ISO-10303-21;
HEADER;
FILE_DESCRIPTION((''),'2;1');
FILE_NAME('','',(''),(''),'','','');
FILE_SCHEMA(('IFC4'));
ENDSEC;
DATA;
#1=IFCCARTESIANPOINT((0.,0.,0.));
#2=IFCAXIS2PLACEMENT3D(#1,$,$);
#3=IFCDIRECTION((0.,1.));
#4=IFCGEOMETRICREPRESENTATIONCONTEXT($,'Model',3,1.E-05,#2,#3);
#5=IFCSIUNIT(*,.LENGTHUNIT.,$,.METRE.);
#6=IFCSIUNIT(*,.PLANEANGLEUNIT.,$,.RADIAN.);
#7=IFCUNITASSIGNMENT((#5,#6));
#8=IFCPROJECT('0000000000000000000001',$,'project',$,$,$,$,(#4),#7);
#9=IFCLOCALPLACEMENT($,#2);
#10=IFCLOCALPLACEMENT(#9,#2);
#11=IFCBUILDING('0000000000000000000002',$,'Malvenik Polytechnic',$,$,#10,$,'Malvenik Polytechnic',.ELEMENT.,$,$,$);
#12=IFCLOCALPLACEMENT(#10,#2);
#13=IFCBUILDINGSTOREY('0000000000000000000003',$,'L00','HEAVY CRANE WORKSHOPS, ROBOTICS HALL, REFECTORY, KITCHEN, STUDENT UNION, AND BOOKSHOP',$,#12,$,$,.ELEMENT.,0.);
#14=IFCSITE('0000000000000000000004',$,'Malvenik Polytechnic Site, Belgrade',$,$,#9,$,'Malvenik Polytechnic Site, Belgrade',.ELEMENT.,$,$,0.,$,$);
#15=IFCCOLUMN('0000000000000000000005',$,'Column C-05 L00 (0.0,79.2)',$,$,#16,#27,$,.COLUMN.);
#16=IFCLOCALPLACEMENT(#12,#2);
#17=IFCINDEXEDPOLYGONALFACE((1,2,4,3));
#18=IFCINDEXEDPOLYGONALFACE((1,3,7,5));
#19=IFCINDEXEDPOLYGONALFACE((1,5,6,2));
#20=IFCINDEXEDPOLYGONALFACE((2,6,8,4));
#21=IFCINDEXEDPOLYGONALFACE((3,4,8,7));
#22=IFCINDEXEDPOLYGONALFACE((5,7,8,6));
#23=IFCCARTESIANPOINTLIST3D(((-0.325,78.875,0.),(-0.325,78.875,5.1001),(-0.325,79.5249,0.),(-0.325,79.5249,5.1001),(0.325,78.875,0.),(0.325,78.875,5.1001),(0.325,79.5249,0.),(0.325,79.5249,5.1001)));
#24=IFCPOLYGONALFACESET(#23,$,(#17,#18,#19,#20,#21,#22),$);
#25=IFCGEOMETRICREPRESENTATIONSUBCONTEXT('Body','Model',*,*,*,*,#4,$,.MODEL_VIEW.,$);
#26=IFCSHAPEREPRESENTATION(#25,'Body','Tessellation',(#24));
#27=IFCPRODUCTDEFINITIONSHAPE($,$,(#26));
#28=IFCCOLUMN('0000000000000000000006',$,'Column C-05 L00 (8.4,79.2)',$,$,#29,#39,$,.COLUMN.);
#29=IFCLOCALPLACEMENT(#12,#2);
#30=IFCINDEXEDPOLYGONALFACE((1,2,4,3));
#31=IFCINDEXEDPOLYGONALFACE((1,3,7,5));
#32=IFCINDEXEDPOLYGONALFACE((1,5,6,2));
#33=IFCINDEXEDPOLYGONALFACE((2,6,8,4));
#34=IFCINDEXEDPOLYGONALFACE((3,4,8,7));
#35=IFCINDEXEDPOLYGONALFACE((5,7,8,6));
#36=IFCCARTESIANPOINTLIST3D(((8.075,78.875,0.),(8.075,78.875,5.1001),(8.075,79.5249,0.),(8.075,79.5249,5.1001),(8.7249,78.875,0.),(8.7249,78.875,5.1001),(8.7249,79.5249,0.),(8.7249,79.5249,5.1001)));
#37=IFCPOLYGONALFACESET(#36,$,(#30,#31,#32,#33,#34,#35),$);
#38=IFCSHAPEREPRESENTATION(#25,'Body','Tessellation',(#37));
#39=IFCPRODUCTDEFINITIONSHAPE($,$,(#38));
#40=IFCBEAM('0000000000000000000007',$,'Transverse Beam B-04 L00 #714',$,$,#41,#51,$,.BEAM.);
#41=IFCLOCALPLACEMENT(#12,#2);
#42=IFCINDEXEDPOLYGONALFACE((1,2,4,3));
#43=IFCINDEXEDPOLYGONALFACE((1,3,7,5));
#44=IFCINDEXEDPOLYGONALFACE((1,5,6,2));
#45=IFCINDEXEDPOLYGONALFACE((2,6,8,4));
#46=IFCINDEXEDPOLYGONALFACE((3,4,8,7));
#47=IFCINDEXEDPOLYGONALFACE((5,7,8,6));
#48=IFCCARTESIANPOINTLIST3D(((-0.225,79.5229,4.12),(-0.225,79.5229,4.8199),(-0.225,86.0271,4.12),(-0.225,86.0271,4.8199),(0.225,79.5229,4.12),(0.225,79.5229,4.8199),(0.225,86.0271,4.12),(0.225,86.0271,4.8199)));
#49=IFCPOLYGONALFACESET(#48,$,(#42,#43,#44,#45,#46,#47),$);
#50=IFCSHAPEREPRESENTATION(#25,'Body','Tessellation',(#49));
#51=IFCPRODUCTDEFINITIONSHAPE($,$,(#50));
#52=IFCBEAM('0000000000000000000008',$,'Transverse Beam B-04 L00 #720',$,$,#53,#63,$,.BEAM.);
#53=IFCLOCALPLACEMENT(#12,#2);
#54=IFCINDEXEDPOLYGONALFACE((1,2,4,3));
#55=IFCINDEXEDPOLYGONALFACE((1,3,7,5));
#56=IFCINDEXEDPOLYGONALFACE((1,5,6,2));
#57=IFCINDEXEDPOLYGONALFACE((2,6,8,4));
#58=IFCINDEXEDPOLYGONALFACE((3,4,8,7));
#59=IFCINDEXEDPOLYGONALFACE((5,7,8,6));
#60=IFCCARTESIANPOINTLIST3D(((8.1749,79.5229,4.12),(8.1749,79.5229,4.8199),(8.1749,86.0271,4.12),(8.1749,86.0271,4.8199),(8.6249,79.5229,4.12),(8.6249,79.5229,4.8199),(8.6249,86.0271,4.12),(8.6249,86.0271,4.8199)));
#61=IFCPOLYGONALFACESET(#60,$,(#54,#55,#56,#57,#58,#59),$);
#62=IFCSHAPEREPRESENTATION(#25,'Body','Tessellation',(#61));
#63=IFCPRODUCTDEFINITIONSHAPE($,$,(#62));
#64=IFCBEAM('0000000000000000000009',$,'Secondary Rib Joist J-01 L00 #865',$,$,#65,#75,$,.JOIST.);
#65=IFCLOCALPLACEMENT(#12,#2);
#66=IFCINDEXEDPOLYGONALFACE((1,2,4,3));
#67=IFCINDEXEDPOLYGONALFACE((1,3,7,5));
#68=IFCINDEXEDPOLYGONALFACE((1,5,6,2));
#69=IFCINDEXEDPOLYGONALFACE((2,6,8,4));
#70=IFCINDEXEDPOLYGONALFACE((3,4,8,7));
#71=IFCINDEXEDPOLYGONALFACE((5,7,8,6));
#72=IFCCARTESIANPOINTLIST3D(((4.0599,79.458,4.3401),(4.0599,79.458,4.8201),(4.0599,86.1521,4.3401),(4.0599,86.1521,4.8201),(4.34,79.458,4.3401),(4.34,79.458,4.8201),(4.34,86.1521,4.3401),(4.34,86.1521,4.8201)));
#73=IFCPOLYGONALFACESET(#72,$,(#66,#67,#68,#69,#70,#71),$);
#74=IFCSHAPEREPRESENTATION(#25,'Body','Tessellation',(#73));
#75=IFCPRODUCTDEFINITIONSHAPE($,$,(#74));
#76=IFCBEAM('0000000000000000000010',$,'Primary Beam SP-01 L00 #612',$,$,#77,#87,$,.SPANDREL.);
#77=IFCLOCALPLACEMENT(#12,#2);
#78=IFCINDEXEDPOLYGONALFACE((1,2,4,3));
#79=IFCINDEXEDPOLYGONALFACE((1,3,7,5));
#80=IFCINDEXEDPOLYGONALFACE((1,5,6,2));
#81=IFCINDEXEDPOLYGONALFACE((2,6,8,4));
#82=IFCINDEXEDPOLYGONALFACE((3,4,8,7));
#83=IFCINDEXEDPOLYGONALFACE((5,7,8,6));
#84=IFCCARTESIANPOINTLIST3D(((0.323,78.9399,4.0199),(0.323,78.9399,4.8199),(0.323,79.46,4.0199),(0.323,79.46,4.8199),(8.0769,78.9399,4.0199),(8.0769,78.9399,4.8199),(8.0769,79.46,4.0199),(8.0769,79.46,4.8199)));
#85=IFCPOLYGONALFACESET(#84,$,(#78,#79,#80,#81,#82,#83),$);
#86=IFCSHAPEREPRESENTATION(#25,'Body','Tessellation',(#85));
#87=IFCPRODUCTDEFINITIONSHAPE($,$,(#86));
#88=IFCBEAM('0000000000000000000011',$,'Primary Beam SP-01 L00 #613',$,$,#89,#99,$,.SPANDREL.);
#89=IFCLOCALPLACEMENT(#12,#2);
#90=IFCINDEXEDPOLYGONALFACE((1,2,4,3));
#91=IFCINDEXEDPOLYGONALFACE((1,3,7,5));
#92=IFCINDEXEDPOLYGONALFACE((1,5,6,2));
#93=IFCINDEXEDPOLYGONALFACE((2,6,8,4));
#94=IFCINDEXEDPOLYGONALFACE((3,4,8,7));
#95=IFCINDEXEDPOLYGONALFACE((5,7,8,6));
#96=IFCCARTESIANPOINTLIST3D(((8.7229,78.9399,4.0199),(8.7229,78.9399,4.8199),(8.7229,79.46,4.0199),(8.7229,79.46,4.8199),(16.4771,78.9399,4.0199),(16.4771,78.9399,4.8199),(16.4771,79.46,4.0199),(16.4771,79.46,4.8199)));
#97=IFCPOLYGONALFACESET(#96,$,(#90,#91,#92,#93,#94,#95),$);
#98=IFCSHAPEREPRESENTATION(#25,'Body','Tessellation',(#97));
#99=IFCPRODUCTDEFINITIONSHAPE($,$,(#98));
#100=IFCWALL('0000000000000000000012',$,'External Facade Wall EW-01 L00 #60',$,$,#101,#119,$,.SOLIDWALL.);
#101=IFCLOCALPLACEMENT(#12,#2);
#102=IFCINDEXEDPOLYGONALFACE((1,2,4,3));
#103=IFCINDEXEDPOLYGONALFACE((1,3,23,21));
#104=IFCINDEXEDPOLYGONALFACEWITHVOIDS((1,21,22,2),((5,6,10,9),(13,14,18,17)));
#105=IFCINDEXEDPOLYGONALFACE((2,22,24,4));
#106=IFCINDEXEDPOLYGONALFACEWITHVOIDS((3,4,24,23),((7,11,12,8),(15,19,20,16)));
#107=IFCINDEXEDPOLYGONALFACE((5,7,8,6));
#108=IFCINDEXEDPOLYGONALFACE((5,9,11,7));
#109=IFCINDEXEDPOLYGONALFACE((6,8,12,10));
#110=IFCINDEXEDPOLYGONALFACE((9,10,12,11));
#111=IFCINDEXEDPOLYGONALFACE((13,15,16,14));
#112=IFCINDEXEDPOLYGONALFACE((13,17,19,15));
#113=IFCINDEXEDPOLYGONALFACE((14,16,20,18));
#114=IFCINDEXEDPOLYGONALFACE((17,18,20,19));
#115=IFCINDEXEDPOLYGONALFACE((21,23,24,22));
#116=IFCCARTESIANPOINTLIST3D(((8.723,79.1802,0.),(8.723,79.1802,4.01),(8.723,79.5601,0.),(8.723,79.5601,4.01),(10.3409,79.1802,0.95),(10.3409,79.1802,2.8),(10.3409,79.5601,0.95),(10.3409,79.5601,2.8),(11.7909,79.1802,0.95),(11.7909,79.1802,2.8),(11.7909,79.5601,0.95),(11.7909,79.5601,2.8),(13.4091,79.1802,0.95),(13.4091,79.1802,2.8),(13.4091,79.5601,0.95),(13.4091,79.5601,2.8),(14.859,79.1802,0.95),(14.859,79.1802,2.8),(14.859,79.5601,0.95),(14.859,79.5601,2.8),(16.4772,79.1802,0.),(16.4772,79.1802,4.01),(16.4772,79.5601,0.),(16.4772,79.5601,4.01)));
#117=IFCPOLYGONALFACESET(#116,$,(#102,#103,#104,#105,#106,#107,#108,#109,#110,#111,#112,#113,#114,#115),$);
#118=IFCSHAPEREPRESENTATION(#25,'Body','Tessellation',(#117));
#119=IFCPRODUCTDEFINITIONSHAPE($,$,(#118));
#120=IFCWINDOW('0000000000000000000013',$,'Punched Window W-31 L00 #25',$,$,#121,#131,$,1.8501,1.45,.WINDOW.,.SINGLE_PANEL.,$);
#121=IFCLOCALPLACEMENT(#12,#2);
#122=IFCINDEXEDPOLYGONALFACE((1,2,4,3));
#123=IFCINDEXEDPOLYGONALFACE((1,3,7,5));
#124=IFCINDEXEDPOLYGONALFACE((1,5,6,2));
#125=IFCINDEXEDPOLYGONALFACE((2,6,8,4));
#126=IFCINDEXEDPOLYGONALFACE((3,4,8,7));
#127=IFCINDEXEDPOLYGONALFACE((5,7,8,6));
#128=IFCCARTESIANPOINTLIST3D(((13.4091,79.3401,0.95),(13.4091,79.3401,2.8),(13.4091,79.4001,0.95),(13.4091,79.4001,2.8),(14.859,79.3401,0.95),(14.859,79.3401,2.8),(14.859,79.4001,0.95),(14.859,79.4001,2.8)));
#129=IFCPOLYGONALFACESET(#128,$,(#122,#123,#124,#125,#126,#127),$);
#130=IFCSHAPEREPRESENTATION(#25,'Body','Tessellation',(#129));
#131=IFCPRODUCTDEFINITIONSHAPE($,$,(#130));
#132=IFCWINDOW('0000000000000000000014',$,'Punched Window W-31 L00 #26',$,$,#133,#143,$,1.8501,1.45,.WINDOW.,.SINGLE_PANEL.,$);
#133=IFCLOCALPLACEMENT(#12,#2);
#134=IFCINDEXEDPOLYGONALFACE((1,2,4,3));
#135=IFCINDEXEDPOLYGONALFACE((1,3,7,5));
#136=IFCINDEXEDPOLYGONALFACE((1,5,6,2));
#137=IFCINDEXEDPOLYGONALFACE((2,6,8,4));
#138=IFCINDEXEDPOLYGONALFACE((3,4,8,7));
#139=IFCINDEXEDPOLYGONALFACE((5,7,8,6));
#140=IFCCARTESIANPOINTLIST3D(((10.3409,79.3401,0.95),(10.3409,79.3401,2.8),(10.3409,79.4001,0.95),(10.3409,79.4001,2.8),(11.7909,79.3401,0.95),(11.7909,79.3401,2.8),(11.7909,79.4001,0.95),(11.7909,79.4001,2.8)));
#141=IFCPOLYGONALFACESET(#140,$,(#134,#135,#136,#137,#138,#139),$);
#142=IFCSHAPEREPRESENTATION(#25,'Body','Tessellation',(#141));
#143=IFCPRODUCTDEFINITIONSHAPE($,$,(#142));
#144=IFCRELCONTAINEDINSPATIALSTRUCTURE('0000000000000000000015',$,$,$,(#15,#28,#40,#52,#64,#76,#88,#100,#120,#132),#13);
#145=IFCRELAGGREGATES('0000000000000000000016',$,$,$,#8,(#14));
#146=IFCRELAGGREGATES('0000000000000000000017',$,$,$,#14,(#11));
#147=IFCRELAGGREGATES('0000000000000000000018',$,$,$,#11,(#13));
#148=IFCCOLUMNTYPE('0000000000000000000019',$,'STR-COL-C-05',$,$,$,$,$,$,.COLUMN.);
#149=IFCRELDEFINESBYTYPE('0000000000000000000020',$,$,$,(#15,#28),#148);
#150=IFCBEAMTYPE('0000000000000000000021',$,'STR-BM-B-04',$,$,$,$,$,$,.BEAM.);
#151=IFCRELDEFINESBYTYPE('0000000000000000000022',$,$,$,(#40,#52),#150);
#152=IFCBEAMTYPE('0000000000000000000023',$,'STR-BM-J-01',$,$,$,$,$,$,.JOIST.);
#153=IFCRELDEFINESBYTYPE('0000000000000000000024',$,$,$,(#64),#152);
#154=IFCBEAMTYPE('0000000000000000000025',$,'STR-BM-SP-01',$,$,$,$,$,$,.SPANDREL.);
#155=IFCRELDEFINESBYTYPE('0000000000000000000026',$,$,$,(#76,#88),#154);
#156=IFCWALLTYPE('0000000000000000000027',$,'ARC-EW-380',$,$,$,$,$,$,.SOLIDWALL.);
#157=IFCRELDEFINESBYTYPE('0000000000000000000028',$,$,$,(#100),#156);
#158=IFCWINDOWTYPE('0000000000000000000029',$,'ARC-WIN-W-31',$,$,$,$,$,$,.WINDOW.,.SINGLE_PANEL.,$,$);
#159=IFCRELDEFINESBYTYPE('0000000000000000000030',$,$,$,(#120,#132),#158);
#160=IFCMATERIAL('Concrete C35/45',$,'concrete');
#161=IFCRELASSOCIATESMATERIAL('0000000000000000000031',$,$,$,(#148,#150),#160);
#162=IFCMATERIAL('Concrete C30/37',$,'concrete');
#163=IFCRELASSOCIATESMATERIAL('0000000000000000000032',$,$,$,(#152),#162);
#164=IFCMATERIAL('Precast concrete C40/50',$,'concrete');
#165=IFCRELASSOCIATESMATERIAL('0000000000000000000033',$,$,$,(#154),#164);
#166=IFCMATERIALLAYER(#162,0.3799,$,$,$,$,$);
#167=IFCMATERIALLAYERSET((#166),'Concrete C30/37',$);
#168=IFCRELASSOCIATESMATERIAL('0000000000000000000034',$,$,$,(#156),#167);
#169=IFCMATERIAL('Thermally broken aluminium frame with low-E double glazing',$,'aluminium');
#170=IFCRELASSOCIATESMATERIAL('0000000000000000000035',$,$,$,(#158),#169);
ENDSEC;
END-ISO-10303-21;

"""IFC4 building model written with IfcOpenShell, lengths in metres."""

from ifc_helpers import new_model, si_unit, direction, frame, frame_2d, origin, origin_2d, place, context, subcontext, project, spatial, rectangle, extrude, material, layer, layer_set, material_profile, profile_set, type_object, element, fill, save


model = new_model("IFC4")

# Units and contexts
model_context = context("Model", 3, precision=1e-05, world=origin(), true_north=direction((0.0, 1.0)))
body_context = subcontext(model_context, "Body", "Model", "MODEL_VIEW")
ifc_project = project(units=[si_unit("LENGTHUNIT", "METRE"), si_unit("PLANEANGLEUNIT", "RADIAN")], contexts=[model_context])

# Site, building, storey
site_placement = place(None, origin())
site = spatial("IfcSite", under=ifc_project, at=site_placement, Name="Malvenik Polytechnic Site, Belgrade", LongName="Malvenik Polytechnic Site, Belgrade", CompositionType="ELEMENT", RefElevation=0.0)
building_placement = place(site_placement, origin())
building = spatial("IfcBuilding", under=site, at=building_placement, Name="Malvenik Polytechnic", LongName="Malvenik Polytechnic", CompositionType="ELEMENT")
storey_placement = place(building_placement, origin())
storey = spatial("IfcBuildingStorey", under=building, at=storey_placement, Name="L00", Description="HEAVY CRANE WORKSHOPS, ROBOTICS HALL, REFECTORY, KITCHEN, STUDENT UNION, AND BOOKSHOP", CompositionType="ELEMENT", Elevation=0.0)

# Columns
ifc_material_1 = material(Name="Concrete C35/45", Category="concrete")
ifc_material_profile_1 = material_profile(ifc_material_1, rectangle(XDim=0.6499, YDim=0.6499, at=origin_2d()), Name="RC COL 650x650")
ifc_profile_set_1 = profile_set([ifc_material_profile_1], Name="Concrete C35/45")
column_type = type_object("IfcColumnType", Name="STR-COL-C-05", PredefinedType="COLUMN", material=ifc_profile_set_1)
for number, where, z_axis, x_axis, name in (
    (1, (0.0, 79.2, 0.0), (0.0, 0.0, 1.0), (1.0, 0.0, 0.0), "Column C-05 L00 (0.0,79.2)"),
    (2, (8.3999, 79.2, 0.0), (0.0, 0.0, 1.0), (1.0, 0.0, 0.0), "Column C-05 L00 (8.4,79.2)"),
):
    element("IfcColumn", number, at=place(storey_placement, frame(where, z_axis=z_axis, x_axis=x_axis)), inside=storey, type_object=column_type, Name=name, PredefinedType="COLUMN", context=body_context, shape_type="SweptSolid", body=[
        extrude(rectangle(XDim=0.6499, YDim=0.6499, at=origin_2d()), origin(), (0.0, 0.0, 1.0), 5.1001),
    ])

# Beams
ifc_material_profile_2 = material_profile(ifc_material_1, rectangle(XDim=0.45, YDim=0.7, at=origin_2d()), Name="RC BM 450x700")
ifc_profile_set_2 = profile_set([ifc_material_profile_2], Name="Concrete C35/45")
beam_type_1 = type_object("IfcBeamType", Name="STR-BM-B-04", PredefinedType="BEAM", material=ifc_profile_set_2)
for number, where, z_axis, x_axis, name in (
    (3, (0.0, 79.5229, 4.47), (0.0, 1.0, 0.0), (-1.0, 0.0, 0.0), "Transverse Beam B-04 L00 #714"),
    (4, (8.3999, 79.5229, 4.47), (0.0, 1.0, 0.0), (-1.0, 0.0, 0.0), "Transverse Beam B-04 L00 #720"),
):
    element("IfcBeam", number, at=place(storey_placement, frame(where, z_axis=z_axis, x_axis=x_axis)), inside=storey, type_object=beam_type_1, Name=name, PredefinedType="BEAM", context=body_context, shape_type="SweptSolid", body=[
        extrude(rectangle(XDim=0.45, YDim=0.7, at=origin_2d()), origin(), (0.0, 0.0, 1.0), 6.5042),
    ])
ifc_material_2 = material(Name="Concrete C30/37", Category="concrete")
ifc_material_profile_3 = material_profile(ifc_material_2, rectangle(XDim=0.28, YDim=0.48, at=origin_2d()), Name="RC JST 280x480")
ifc_profile_set_3 = profile_set([ifc_material_profile_3], Name="Concrete C30/37")
beam_type_2 = type_object("IfcBeamType", Name="STR-BM-J-01", PredefinedType="JOIST", material=ifc_profile_set_3)
beam_1_placement = place(storey_placement, frame((4.2, 79.458, 4.5801), z_axis=(0.0, 1.0, 0.0), x_axis=(-1.0, 0.0, 0.0)))
element("IfcBeam", 5, at=beam_1_placement, inside=storey, type_object=beam_type_2, Name="Secondary Rib Joist J-01 L00 #865", PredefinedType="JOIST", context=body_context, shape_type="SweptSolid", body=[
    extrude(rectangle(XDim=0.28, YDim=0.48, at=origin_2d()), origin(), (0.0, 0.0, 1.0), 6.6941),
])
ifc_material_3 = material(Name="Precast concrete C40/50", Category="concrete")
ifc_material_profile_4 = material_profile(ifc_material_3, rectangle(XDim=0.52, YDim=0.8, at=origin_2d()), Name="PC SPN 520x800")
ifc_profile_set_4 = profile_set([ifc_material_profile_4], Name="Precast concrete C40/50")
beam_type_3 = type_object("IfcBeamType", Name="STR-BM-SP-01", PredefinedType="SPANDREL", material=ifc_profile_set_4)
beam_2_placement = place(storey_placement, frame((0.323, 79.2, 4.4199), z_axis=(1.0, 0.0, 0.0), x_axis=(0.0, 1.0, 0.0)))
element("IfcBeam", 6, at=beam_2_placement, inside=storey, type_object=beam_type_3, Name="Primary Beam SP-01 L00 #612", PredefinedType="SPANDREL", context=body_context, shape_type="SweptSolid", body=[
    extrude(rectangle(XDim=0.52, YDim=0.8, at=origin_2d()), origin(), (0.0, 0.0, 1.0), 7.7539),
])
beam_3_placement = place(storey_placement, frame((8.7229, 79.2, 4.4199), z_axis=(1.0, 0.0, 0.0), x_axis=(0.0, 1.0, 0.0)))
element("IfcBeam", 7, at=beam_3_placement, inside=storey, type_object=beam_type_3, Name="Primary Beam SP-01 L00 #613", PredefinedType="SPANDREL", context=body_context, shape_type="SweptSolid", body=[
    extrude(rectangle(XDim=0.52, YDim=0.8, at=origin_2d()), origin(), (0.0, 0.0, 1.0), 7.7542),
])

# Wall, openings, windows
ifc_layer_1 = layer(ifc_material_2, 0.3799)
ifc_layer_set_1 = layer_set([ifc_layer_1], Name="Concrete C30/37")
wall_type = type_object("IfcWallType", Name="ARC-EW-380", PredefinedType="SOLIDWALL", material=ifc_layer_set_1)
wall_1_placement = place(storey_placement, frame((16.4771, 79.3701, 0.0), z_axis=(0.0, 0.0, 1.0), x_axis=(-1.0, 0.0, 0.0)))
wall_1 = element("IfcWall", 8, at=wall_1_placement, inside=storey, type_object=wall_type, Name="External Facade Wall EW-01 L00 #60", PredefinedType="SOLIDWALL", context=body_context, shape_type="SweptSolid", body=[
    extrude(rectangle(XDim=7.7542, YDim=0.3799, at=frame_2d((3.877, 0.0))), origin(), (0.0, 0.0, 1.0), 4.01),
])
opening_1_placement = place(wall_1_placement, frame((1.6179, 0.0, 0.95)))
opening_1 = element("IfcOpeningElement", 9, at=opening_1_placement, cuts=wall_1, PredefinedType="OPENING", context=body_context, shape_type="SweptSolid", body=[
    extrude(rectangle(XDim=1.45, YDim=1.8501, at=frame_2d((0.7251, 0.925))), frame((0.0, 0.2, 0.0), z_axis=(0.0, -1.0, 0.0), x_axis=(1.0, 0.0, 0.0)), (0.0, 0.0, 1.0), 0.3999),
])
opening_2_placement = place(wall_1_placement, frame((4.686, 0.0, 0.95)))
opening_2 = element("IfcOpeningElement", 10, at=opening_2_placement, cuts=wall_1, PredefinedType="OPENING", context=body_context, shape_type="SweptSolid", body=[
    extrude(rectangle(XDim=1.45, YDim=1.8501, at=frame_2d((0.7251, 0.925))), frame((0.0, 0.2, 0.0), z_axis=(0.0, -1.0, 0.0), x_axis=(1.0, 0.0, 0.0)), (0.0, 0.0, 1.0), 0.3999),
])
ifc_material_4 = material(Name="Thermally broken aluminium frame with low-E double glazing", Category="aluminium")
window_type_1 = type_object("IfcWindowType", Name="ARC-WIN-W-31", PartitioningType="SINGLE_PANEL", PredefinedType="WINDOW", material=ifc_material_4)
window_1_placement = place(opening_1_placement, origin())
window_1 = element("IfcWindow", 11, at=window_1_placement, inside=storey, type_object=window_type_1, Name="Punched Window W-31 L00 #25", OverallHeight=1.8501, OverallWidth=1.45, PartitioningType="SINGLE_PANEL", PredefinedType="WINDOW", context=body_context, shape_type="SweptSolid", body=[
    extrude(rectangle(XDim=1.45, YDim=1.8501, at=frame_2d((0.7251, 0.925))), frame((0.0, 0.03, 0.0), z_axis=(0.0, -1.0, 0.0), x_axis=(1.0, 0.0, 0.0)), (0.0, 0.0, 1.0), 0.0601),
])
fill(opening_1, window_1)
window_2_placement = place(opening_2_placement, origin())
window_2 = element("IfcWindow", 12, at=window_2_placement, inside=storey, type_object=window_type_1, Name="Punched Window W-31 L00 #26", OverallHeight=1.8501, OverallWidth=1.45, PartitioningType="SINGLE_PANEL", PredefinedType="WINDOW", context=body_context, shape_type="SweptSolid", body=[
    extrude(rectangle(XDim=1.45, YDim=1.8501, at=frame_2d((0.7251, 0.925))), frame((0.0, 0.03, 0.0), z_axis=(0.0, -1.0, 0.0), x_axis=(1.0, 0.0, 0.0)), (0.0, 0.0, 1.0), 0.0601),
])
fill(opening_2, window_2)

save(model, "model.ifc")
